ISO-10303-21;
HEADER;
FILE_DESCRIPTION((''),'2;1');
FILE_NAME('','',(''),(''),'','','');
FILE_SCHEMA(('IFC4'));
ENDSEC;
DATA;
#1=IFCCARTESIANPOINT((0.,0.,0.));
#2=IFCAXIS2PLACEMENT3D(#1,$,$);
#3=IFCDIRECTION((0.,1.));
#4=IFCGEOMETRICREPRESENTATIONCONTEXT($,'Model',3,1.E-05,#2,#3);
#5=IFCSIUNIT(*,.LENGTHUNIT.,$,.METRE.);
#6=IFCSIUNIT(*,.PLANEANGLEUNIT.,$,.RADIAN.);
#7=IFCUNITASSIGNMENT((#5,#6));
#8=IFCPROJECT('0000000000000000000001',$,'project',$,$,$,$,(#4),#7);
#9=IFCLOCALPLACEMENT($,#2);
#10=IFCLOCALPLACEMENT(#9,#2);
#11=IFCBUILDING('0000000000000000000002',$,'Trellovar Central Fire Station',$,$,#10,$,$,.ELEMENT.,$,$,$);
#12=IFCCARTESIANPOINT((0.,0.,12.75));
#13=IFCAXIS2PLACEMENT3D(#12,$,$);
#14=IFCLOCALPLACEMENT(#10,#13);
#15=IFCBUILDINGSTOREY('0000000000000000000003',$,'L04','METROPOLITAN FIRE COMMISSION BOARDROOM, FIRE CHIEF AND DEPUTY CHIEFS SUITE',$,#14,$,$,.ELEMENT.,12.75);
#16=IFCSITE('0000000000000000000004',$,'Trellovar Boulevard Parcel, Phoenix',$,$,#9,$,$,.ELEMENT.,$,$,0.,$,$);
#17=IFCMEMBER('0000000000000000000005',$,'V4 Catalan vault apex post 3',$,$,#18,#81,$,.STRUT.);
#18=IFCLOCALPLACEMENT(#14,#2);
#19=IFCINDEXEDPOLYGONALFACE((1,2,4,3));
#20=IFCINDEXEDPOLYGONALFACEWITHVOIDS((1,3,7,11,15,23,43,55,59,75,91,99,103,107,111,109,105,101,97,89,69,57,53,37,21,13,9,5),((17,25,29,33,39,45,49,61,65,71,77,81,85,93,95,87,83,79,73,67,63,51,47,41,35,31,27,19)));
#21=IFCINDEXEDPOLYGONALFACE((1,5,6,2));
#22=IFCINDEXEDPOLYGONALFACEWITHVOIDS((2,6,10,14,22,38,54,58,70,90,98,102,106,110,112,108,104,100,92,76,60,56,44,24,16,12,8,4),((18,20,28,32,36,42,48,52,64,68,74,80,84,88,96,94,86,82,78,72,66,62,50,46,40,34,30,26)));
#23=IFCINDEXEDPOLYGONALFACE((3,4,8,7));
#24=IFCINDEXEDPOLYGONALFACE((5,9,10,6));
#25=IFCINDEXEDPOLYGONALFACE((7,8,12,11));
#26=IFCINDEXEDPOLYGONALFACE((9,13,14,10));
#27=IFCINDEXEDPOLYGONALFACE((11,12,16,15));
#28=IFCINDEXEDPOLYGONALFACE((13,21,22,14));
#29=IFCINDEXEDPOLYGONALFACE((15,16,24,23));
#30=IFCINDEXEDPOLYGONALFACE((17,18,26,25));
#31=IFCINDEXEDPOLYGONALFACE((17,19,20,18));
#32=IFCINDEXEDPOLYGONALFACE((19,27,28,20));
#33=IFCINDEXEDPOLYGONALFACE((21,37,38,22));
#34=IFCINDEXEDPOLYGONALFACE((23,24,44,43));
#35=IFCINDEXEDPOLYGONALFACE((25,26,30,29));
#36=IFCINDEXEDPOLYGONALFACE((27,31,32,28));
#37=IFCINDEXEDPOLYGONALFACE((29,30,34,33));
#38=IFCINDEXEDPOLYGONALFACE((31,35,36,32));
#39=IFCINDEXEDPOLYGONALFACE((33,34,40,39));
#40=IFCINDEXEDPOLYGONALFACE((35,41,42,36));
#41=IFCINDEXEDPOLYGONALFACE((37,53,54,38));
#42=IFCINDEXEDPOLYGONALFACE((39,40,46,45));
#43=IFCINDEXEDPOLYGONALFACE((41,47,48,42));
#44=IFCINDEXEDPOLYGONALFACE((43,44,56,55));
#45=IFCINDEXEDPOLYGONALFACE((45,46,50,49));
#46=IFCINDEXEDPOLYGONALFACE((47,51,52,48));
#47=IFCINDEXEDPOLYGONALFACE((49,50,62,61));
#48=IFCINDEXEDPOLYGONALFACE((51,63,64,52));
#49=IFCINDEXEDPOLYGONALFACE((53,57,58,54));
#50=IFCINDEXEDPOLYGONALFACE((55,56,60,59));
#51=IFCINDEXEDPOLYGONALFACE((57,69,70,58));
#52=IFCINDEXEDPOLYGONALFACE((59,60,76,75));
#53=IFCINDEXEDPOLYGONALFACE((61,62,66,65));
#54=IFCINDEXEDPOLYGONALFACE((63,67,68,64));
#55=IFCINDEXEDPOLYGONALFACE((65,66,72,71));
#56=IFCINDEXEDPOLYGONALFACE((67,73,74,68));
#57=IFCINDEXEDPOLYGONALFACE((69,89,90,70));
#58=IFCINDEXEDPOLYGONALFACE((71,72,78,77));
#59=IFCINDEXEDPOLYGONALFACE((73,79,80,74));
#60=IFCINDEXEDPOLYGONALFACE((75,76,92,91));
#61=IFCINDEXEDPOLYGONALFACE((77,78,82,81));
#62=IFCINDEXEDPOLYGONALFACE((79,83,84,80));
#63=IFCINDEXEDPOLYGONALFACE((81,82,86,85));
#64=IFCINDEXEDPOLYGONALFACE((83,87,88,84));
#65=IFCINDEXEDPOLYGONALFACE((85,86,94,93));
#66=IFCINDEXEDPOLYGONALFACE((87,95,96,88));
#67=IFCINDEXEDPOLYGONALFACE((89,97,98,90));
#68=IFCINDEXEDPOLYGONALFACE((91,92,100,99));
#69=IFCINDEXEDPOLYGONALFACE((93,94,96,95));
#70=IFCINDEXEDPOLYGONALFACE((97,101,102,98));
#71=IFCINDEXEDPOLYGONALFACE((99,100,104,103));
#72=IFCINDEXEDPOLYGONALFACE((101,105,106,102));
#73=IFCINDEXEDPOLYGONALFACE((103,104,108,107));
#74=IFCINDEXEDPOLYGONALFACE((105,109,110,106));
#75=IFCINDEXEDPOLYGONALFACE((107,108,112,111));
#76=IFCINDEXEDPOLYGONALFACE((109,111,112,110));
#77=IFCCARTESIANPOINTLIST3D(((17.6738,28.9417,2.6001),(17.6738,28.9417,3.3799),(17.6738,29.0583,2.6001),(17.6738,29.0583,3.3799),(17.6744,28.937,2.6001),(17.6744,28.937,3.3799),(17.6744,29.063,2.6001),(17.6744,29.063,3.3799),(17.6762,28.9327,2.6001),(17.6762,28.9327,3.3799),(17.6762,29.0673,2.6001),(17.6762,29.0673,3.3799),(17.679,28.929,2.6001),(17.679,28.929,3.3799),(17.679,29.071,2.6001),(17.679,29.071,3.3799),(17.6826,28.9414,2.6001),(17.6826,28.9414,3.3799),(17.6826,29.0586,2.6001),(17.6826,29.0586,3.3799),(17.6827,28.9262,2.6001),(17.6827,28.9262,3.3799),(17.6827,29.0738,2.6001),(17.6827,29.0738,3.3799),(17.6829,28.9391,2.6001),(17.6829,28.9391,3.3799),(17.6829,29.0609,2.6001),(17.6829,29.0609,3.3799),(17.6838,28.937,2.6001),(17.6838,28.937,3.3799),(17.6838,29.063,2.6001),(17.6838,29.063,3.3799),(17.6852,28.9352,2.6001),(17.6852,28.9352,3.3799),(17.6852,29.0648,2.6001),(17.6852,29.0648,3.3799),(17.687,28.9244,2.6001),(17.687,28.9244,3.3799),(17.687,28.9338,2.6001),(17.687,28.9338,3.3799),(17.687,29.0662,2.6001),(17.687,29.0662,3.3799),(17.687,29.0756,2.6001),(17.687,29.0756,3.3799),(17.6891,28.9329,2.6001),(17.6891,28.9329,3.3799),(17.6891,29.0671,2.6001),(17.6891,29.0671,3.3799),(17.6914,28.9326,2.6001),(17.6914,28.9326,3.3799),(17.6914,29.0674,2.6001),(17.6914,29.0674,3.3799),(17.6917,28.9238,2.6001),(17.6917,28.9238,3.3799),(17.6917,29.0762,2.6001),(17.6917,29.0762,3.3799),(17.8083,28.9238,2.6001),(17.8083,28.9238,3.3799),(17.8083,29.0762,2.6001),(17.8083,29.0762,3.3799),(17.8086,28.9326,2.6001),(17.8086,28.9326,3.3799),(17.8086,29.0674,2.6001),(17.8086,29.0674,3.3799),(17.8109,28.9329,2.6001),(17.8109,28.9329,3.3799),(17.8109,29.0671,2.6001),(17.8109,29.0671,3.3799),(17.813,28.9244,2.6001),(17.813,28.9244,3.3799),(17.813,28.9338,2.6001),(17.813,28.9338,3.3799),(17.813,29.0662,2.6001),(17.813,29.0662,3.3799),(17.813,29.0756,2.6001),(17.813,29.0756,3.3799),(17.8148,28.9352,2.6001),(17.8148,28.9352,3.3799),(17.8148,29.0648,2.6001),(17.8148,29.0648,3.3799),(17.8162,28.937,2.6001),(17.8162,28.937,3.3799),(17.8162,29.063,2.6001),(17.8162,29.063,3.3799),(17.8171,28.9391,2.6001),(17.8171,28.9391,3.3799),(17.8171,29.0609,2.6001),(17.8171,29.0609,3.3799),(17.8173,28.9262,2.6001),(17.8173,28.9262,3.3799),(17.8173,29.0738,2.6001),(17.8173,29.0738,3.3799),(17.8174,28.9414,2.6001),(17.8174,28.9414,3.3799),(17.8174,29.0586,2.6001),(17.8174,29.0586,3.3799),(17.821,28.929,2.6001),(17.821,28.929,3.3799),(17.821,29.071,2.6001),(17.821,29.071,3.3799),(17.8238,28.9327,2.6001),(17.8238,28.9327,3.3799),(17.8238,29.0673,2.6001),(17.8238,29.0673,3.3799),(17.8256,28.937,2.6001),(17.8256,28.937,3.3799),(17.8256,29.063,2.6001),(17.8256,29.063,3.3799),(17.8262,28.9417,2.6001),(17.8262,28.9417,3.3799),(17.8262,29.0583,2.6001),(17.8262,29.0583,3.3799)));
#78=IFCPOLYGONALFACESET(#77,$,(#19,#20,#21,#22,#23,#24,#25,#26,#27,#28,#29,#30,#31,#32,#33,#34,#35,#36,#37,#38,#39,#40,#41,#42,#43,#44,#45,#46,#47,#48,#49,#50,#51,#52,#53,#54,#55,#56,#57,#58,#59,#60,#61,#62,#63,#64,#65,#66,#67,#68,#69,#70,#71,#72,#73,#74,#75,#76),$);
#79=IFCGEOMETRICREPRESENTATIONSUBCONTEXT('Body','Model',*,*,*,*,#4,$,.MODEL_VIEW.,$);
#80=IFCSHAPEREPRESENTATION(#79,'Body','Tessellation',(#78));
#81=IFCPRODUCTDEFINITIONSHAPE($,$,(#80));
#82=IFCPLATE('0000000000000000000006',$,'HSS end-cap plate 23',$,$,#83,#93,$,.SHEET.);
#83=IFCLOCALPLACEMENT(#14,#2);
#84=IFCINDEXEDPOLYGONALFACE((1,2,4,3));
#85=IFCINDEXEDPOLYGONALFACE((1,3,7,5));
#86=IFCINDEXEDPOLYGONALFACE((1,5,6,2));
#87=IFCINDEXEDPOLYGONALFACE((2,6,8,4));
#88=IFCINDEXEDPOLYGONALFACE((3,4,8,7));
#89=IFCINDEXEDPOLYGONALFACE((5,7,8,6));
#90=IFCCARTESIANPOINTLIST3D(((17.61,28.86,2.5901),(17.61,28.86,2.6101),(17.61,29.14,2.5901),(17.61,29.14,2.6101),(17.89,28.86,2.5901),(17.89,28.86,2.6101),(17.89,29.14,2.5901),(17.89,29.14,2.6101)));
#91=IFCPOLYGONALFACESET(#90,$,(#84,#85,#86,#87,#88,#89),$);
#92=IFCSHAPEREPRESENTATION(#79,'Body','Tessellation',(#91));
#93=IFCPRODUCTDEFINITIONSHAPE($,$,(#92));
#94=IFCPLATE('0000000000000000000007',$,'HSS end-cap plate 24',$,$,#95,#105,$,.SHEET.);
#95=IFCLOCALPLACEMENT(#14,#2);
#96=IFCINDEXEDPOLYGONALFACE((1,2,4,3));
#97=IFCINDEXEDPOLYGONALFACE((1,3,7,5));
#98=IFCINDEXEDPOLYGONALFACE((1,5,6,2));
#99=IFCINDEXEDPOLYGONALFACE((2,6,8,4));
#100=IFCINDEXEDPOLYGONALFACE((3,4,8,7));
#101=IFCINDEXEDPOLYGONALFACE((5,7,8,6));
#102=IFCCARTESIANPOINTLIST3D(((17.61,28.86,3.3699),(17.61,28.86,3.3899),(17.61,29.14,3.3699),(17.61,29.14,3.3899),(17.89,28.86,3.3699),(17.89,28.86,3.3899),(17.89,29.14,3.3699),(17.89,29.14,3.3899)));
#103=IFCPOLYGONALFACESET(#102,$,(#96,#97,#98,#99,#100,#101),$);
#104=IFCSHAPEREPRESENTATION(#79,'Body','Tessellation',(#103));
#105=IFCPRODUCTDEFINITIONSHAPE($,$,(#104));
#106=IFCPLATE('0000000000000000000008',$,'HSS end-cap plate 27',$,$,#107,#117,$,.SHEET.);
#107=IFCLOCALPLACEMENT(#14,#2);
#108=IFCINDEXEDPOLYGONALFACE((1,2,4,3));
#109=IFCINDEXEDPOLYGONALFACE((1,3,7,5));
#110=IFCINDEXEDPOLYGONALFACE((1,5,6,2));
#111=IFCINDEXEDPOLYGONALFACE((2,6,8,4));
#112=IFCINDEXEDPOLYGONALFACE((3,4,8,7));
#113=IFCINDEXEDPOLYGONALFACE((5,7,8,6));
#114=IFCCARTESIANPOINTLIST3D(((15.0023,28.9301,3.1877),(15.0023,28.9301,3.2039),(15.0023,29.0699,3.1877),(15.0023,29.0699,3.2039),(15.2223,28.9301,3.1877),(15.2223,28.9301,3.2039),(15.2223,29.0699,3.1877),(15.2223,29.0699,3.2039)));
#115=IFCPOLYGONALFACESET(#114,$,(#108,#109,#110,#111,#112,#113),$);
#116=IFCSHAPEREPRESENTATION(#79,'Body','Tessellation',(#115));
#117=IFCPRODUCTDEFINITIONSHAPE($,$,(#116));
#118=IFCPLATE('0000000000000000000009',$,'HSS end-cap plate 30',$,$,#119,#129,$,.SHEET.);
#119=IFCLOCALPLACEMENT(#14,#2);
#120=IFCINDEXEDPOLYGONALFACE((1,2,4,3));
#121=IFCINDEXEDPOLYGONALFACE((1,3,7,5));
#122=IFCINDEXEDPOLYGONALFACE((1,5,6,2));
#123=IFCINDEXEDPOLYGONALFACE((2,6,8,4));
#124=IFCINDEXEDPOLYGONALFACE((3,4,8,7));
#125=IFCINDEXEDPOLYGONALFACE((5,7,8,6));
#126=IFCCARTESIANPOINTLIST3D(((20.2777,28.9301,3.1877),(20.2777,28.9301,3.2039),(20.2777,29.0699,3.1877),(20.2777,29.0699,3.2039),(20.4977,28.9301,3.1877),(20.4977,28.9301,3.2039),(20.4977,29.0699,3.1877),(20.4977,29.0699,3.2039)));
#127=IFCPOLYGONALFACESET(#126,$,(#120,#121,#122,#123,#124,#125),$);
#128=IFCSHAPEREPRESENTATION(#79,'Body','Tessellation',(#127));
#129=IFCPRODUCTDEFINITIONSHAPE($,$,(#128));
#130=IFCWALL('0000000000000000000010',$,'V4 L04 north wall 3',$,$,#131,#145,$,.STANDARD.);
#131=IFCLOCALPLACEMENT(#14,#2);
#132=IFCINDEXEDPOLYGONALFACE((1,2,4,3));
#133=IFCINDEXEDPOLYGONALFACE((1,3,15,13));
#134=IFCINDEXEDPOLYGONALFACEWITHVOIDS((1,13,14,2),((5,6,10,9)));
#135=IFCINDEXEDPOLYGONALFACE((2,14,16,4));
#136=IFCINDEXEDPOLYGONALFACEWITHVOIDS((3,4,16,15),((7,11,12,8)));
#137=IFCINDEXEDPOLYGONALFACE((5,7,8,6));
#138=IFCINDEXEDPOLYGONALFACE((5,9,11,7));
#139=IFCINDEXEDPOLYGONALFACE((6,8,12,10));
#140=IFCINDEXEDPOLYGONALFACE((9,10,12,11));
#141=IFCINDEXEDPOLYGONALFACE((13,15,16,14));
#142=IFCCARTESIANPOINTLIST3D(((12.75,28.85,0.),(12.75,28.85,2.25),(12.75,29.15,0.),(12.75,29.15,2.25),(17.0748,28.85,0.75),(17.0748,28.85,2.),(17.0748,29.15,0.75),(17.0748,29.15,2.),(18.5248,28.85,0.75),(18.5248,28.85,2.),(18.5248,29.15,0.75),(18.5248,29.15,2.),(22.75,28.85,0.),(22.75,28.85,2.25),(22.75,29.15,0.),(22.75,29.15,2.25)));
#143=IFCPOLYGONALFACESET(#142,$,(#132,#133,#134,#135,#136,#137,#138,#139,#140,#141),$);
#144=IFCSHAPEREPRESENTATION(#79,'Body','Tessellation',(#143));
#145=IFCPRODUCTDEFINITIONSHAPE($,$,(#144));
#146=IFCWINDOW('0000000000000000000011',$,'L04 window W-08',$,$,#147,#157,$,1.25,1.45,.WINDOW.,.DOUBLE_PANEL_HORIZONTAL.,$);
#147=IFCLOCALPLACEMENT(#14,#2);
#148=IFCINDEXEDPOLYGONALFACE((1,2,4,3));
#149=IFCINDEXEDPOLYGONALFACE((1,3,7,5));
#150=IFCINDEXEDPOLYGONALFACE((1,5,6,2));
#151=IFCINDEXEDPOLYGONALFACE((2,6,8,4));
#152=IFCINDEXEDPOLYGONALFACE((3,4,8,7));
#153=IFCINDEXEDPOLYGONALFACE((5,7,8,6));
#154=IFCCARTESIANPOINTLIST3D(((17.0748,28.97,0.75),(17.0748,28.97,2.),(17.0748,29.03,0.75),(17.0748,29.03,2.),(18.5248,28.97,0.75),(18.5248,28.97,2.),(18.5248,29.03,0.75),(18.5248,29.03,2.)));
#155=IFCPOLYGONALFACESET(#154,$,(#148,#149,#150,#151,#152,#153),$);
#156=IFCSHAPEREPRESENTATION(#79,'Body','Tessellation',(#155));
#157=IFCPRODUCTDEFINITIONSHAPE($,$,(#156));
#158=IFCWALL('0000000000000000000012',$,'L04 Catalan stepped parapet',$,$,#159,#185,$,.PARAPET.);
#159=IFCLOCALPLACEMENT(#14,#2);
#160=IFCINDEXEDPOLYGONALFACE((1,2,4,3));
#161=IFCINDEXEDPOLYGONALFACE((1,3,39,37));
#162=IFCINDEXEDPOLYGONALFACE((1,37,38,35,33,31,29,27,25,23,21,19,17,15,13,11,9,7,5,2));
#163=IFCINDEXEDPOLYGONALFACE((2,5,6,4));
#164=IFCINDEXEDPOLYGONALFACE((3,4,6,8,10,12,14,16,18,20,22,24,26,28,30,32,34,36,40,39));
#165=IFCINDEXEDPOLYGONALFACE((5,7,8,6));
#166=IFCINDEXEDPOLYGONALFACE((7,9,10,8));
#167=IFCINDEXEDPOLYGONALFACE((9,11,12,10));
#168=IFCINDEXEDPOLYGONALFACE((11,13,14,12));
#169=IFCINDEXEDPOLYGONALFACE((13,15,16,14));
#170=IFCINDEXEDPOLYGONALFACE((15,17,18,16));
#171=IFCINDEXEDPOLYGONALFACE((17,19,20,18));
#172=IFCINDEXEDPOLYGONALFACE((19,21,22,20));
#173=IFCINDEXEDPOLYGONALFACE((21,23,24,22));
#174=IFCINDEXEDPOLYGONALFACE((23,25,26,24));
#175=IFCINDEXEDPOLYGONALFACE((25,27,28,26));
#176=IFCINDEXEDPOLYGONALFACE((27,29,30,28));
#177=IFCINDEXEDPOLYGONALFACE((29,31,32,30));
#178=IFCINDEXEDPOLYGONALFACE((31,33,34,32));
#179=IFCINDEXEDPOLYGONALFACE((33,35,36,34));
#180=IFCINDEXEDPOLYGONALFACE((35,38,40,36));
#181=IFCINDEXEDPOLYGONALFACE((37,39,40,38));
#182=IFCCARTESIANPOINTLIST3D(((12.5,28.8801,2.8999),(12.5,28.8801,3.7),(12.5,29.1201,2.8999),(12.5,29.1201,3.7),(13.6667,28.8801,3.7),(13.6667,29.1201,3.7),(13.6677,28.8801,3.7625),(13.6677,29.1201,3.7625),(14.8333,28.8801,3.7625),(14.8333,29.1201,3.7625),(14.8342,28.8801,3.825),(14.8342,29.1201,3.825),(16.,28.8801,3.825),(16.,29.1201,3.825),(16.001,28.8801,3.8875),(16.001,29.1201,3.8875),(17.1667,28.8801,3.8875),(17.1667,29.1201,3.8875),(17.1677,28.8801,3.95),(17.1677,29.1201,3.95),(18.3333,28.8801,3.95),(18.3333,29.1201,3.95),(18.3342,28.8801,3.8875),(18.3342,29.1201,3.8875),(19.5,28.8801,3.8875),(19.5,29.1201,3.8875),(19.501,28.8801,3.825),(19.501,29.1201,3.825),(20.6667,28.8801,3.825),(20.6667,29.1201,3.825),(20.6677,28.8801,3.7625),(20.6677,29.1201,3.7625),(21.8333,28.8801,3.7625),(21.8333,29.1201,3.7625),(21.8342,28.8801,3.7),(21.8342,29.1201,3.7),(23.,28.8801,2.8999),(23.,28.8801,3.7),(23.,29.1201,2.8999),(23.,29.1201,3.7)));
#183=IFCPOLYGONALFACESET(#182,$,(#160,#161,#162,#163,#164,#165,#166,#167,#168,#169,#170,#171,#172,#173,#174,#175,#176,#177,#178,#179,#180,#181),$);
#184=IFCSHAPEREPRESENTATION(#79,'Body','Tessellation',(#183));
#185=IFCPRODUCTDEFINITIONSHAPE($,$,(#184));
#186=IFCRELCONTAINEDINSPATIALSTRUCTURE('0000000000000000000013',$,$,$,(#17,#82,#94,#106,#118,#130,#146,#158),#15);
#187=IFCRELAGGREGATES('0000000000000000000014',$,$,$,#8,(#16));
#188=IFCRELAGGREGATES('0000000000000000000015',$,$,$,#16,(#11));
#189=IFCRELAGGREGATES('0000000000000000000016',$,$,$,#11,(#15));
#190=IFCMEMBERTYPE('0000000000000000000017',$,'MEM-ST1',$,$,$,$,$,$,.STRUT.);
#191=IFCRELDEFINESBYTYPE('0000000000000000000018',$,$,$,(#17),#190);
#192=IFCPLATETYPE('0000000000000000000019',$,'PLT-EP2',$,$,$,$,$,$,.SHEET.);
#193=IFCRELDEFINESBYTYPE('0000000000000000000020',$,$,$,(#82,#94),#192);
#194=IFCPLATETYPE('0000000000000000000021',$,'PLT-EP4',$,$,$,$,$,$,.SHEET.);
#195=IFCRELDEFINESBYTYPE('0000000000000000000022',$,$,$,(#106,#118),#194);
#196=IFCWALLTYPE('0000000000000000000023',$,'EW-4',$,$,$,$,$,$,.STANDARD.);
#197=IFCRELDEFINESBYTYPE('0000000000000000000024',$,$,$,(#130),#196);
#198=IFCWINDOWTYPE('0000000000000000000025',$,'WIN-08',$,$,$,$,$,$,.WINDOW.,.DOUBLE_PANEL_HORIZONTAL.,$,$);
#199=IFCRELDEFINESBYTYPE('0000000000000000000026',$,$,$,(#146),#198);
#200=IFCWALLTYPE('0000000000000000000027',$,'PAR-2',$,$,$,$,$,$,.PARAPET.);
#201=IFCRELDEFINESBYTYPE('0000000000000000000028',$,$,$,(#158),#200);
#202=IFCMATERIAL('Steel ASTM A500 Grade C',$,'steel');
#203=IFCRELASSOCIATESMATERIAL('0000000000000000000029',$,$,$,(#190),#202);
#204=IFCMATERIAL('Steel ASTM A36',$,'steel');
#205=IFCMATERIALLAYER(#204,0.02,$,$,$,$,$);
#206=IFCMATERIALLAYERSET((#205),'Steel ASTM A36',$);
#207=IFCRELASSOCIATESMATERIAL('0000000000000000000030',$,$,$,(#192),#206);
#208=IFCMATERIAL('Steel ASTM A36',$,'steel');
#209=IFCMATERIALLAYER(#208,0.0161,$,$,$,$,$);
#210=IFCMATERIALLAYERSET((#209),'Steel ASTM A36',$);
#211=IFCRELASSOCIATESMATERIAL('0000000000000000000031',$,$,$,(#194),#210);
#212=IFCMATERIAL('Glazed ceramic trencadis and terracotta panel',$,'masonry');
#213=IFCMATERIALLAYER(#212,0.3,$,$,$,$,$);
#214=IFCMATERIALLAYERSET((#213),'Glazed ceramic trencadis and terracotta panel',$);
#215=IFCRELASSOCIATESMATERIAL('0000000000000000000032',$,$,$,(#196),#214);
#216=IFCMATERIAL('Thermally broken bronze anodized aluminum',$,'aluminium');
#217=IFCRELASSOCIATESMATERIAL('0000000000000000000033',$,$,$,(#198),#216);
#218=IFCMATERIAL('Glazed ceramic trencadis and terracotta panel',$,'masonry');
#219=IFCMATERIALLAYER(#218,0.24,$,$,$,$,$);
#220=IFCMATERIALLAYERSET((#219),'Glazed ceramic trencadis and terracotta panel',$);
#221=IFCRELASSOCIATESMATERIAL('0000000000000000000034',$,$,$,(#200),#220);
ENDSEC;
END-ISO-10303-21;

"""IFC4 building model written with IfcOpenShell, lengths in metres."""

from ifc_helpers import new_model, si_unit, direction, frame, frame_2d, origin, origin_2d, place, context, subcontext, project, spatial, polyline, rectangle, hollow_rectangle, outline, extrude, material, layer, layer_set, material_profile, profile_set, type_object, element, fill, save


model = new_model("IFC4")

# Units and contexts
model_context = context("Model", 3, precision=1e-05, world=origin(), true_north=direction((0.0, 1.0)))
body_context = subcontext(model_context, "Body", "Model", "MODEL_VIEW")
ifc_project = project(units=[si_unit("LENGTHUNIT", "METRE"), si_unit("PLANEANGLEUNIT", "RADIAN")], contexts=[model_context])

# Site, building, storey
site_placement = place(None, origin())
site = spatial("IfcSite", under=ifc_project, at=site_placement, Name="Trellovar Boulevard Parcel, Phoenix", CompositionType="ELEMENT", RefElevation=0.0)
building_placement = place(site_placement, origin())
building = spatial("IfcBuilding", under=site, at=building_placement, Name="Trellovar Central Fire Station", CompositionType="ELEMENT")
storey_placement = place(building_placement, frame((0.0, 0.0, 12.75)))
storey = spatial("IfcBuildingStorey", under=building, at=storey_placement, Name="L04", Description="METROPOLITAN FIRE COMMISSION BOARDROOM, FIRE CHIEF AND DEPUTY CHIEFS SUITE", CompositionType="ELEMENT", Elevation=12.75)

# Member
ifc_material_1 = material(Name="Steel ASTM A500 Grade C", Category="steel")
ifc_material_profile_1 = material_profile(ifc_material_1, hollow_rectangle(XDim=0.1523, YDim=0.1523, WallThickness=0.0088, InnerFilletRadius=0.0088, OuterFilletRadius=0.0178, at=origin_2d()), Name="HSS6X6X3/8")
ifc_profile_set_1 = profile_set([ifc_material_profile_1], Name="Steel ASTM A500 Grade C")
member_type_1 = type_object("IfcMemberType", Name="MEM-ST1", PredefinedType="STRUT", material=ifc_profile_set_1)
member_1_placement = place(storey_placement, frame((17.75, 29.0, 2.6001), z_axis=(0.0, 0.0, 1.0), x_axis=(1.0, 0.0, 0.0)))
element("IfcMember", 1, at=member_1_placement, inside=storey, type_object=member_type_1, Name="V4 Catalan vault apex post 3", PredefinedType="STRUT", context=body_context, shape_type="SweptSolid", body=[
    extrude(hollow_rectangle(XDim=0.1523, YDim=0.1523, WallThickness=0.0088, InnerFilletRadius=0.0088, OuterFilletRadius=0.0178, at=origin_2d()), origin(), (0.0, 0.0, 1.0), 0.7798),
])

# Plates
ifc_material_2 = material(Name="Steel ASTM A36", Category="steel")
ifc_layer_1 = layer(ifc_material_2, 0.02)
ifc_layer_set_1 = layer_set([ifc_layer_1], Name="Steel ASTM A36")
plate_type_1 = type_object("IfcPlateType", Name="PLT-EP2", PredefinedType="SHEET", material=ifc_layer_set_1)
for number, where, z_axis, x_axis, name in (
    (2, (17.75, 29.0, 2.5901), (0.0, 0.0, 1.0), (1.0, 0.0, 0.0), "HSS end-cap plate 23"),
    (3, (17.75, 29.0, 3.3699), (0.0, 0.0, 1.0), (1.0, 0.0, 0.0), "HSS end-cap plate 24"),
):
    element("IfcPlate", number, at=place(storey_placement, frame(where, z_axis=z_axis, x_axis=x_axis)), inside=storey, type_object=plate_type_1, Name=name, PredefinedType="SHEET", context=body_context, shape_type="SweptSolid", body=[
        extrude(rectangle(XDim=0.28, YDim=0.28, at=origin_2d()), origin(), (0.0, 0.0, 1.0), 0.02),
    ])
ifc_material_3 = material(Name="Steel ASTM A36", Category="steel")
ifc_layer_2 = layer(ifc_material_3, 0.0161)
ifc_layer_set_2 = layer_set([ifc_layer_2], Name="Steel ASTM A36")
plate_type_2 = type_object("IfcPlateType", Name="PLT-EP4", PredefinedType="SHEET", material=ifc_layer_set_2)
for number, where, z_axis, x_axis, name in (
    (4, (15.1123, 29.0, 3.1877), (0.0, 0.0, 1.0), (1.0, 0.0, 0.0), "HSS end-cap plate 27"),
    (5, (20.3877, 29.0, 3.1877), (0.0, 0.0, 1.0), (1.0, 0.0, 0.0), "HSS end-cap plate 30"),
):
    element("IfcPlate", number, at=place(storey_placement, frame(where, z_axis=z_axis, x_axis=x_axis)), inside=storey, type_object=plate_type_2, Name=name, PredefinedType="SHEET", context=body_context, shape_type="SweptSolid", body=[
        extrude(rectangle(XDim=0.22, YDim=0.1399, at=origin_2d()), origin(), (0.0, 0.0, 1.0), 0.0161),
    ])

# Wall, opening, window
ifc_material_4 = material(Name="Glazed ceramic trencadis and terracotta panel", Category="masonry")
ifc_layer_3 = layer(ifc_material_4, 0.3)
ifc_layer_set_3 = layer_set([ifc_layer_3], Name="Glazed ceramic trencadis and terracotta panel")
wall_type_1 = type_object("IfcWallType", Name="EW-4", PredefinedType="STANDARD", material=ifc_layer_set_3)
wall_1_placement = place(storey_placement, frame((22.75, 29.0, 0.0), z_axis=(0.0, 0.0, 1.0), x_axis=(-1.0, 0.0, 0.0)))
wall_1 = element("IfcWall", 6, at=wall_1_placement, inside=storey, type_object=wall_type_1, Name="V4 L04 north wall 3", PredefinedType="STANDARD", context=body_context, shape_type="SweptSolid", body=[
    extrude(rectangle(XDim=10.0, YDim=0.3, at=frame_2d((5.0, 0.0))), origin(), (0.0, 0.0, 1.0), 2.25),
])
opening_placement = place(wall_1_placement, frame((4.2251, 0.0, 0.75)))
opening = element("IfcOpeningElement", 7, at=opening_placement, cuts=wall_1, PredefinedType="OPENING", context=body_context, shape_type="SweptSolid", body=[
    extrude(rectangle(XDim=1.45, YDim=1.25, at=frame_2d((0.7251, 0.625))), frame((0.0, 0.1599, 0.0), z_axis=(0.0, -1.0, 0.0), x_axis=(1.0, 0.0, 0.0)), (0.0, 0.0, 1.0), 0.3201),
])
ifc_material_5 = material(Name="Thermally broken bronze anodized aluminum", Category="aluminium")
window_type = type_object("IfcWindowType", Name="WIN-08", PartitioningType="DOUBLE_PANEL_HORIZONTAL", PredefinedType="WINDOW", material=ifc_material_5)
window_placement = place(opening_placement, origin())
window = element("IfcWindow", 8, at=window_placement, inside=storey, type_object=window_type, Name="L04 window W-08", OverallHeight=1.25, OverallWidth=1.45, PartitioningType="DOUBLE_PANEL_HORIZONTAL", PredefinedType="WINDOW", context=body_context, shape_type="SweptSolid", body=[
    extrude(rectangle(XDim=1.45, YDim=1.25, at=frame_2d((0.7251, 0.625))), frame((0.0, 0.03, 0.0), z_axis=(0.0, -1.0, 0.0), x_axis=(1.0, 0.0, 0.0)), (0.0, 0.0, 1.0), 0.0601),
])
fill(opening, window)

# Wall
ifc_material_6 = material(Name="Glazed ceramic trencadis and terracotta panel", Category="masonry")
ifc_layer_4 = layer(ifc_material_6, 0.24)
ifc_layer_set_4 = layer_set([ifc_layer_4], Name="Glazed ceramic trencadis and terracotta panel")
wall_type_2 = type_object("IfcWallType", Name="PAR-2", PredefinedType="PARAPET", material=ifc_layer_set_4)
wall_2_placement = place(storey_placement, frame((12.5, 29.0, 2.8999), z_axis=(0.0, 0.0, 1.0), x_axis=(1.0, 0.0, 0.0)))
element("IfcWall", 9, at=wall_2_placement, inside=storey, type_object=wall_type_2, Name="L04 Catalan stepped parapet", PredefinedType="PARAPET", context=body_context, shape_type="SweptSolid", body=[
    extrude(outline(polyline([(0.0, 0.0), (10.5, 0.0), (10.5, 0.8), (9.3342, 0.8), (9.3333, 0.8625), (8.1677, 0.8625), (8.1667, 0.925), (7.001, 0.925), (7.0, 0.9875), (5.8342, 0.9875), (5.8333, 1.05), (4.6677, 1.05), (4.6667, 0.9875), (3.501, 0.9875), (3.5, 0.925), (2.3342, 0.925), (2.3333, 0.8625), (1.1677, 0.8625), (1.1667, 0.8), (0.0, 0.8), (0.0, 0.0)])), frame((0.0, 0.1201, 0.0), z_axis=(0.0, -1.0, 0.0), x_axis=(1.0, 0.0, 0.0)), (0.0, 0.0, 1.0), 0.24),
])

save(model, "model.ifc")
